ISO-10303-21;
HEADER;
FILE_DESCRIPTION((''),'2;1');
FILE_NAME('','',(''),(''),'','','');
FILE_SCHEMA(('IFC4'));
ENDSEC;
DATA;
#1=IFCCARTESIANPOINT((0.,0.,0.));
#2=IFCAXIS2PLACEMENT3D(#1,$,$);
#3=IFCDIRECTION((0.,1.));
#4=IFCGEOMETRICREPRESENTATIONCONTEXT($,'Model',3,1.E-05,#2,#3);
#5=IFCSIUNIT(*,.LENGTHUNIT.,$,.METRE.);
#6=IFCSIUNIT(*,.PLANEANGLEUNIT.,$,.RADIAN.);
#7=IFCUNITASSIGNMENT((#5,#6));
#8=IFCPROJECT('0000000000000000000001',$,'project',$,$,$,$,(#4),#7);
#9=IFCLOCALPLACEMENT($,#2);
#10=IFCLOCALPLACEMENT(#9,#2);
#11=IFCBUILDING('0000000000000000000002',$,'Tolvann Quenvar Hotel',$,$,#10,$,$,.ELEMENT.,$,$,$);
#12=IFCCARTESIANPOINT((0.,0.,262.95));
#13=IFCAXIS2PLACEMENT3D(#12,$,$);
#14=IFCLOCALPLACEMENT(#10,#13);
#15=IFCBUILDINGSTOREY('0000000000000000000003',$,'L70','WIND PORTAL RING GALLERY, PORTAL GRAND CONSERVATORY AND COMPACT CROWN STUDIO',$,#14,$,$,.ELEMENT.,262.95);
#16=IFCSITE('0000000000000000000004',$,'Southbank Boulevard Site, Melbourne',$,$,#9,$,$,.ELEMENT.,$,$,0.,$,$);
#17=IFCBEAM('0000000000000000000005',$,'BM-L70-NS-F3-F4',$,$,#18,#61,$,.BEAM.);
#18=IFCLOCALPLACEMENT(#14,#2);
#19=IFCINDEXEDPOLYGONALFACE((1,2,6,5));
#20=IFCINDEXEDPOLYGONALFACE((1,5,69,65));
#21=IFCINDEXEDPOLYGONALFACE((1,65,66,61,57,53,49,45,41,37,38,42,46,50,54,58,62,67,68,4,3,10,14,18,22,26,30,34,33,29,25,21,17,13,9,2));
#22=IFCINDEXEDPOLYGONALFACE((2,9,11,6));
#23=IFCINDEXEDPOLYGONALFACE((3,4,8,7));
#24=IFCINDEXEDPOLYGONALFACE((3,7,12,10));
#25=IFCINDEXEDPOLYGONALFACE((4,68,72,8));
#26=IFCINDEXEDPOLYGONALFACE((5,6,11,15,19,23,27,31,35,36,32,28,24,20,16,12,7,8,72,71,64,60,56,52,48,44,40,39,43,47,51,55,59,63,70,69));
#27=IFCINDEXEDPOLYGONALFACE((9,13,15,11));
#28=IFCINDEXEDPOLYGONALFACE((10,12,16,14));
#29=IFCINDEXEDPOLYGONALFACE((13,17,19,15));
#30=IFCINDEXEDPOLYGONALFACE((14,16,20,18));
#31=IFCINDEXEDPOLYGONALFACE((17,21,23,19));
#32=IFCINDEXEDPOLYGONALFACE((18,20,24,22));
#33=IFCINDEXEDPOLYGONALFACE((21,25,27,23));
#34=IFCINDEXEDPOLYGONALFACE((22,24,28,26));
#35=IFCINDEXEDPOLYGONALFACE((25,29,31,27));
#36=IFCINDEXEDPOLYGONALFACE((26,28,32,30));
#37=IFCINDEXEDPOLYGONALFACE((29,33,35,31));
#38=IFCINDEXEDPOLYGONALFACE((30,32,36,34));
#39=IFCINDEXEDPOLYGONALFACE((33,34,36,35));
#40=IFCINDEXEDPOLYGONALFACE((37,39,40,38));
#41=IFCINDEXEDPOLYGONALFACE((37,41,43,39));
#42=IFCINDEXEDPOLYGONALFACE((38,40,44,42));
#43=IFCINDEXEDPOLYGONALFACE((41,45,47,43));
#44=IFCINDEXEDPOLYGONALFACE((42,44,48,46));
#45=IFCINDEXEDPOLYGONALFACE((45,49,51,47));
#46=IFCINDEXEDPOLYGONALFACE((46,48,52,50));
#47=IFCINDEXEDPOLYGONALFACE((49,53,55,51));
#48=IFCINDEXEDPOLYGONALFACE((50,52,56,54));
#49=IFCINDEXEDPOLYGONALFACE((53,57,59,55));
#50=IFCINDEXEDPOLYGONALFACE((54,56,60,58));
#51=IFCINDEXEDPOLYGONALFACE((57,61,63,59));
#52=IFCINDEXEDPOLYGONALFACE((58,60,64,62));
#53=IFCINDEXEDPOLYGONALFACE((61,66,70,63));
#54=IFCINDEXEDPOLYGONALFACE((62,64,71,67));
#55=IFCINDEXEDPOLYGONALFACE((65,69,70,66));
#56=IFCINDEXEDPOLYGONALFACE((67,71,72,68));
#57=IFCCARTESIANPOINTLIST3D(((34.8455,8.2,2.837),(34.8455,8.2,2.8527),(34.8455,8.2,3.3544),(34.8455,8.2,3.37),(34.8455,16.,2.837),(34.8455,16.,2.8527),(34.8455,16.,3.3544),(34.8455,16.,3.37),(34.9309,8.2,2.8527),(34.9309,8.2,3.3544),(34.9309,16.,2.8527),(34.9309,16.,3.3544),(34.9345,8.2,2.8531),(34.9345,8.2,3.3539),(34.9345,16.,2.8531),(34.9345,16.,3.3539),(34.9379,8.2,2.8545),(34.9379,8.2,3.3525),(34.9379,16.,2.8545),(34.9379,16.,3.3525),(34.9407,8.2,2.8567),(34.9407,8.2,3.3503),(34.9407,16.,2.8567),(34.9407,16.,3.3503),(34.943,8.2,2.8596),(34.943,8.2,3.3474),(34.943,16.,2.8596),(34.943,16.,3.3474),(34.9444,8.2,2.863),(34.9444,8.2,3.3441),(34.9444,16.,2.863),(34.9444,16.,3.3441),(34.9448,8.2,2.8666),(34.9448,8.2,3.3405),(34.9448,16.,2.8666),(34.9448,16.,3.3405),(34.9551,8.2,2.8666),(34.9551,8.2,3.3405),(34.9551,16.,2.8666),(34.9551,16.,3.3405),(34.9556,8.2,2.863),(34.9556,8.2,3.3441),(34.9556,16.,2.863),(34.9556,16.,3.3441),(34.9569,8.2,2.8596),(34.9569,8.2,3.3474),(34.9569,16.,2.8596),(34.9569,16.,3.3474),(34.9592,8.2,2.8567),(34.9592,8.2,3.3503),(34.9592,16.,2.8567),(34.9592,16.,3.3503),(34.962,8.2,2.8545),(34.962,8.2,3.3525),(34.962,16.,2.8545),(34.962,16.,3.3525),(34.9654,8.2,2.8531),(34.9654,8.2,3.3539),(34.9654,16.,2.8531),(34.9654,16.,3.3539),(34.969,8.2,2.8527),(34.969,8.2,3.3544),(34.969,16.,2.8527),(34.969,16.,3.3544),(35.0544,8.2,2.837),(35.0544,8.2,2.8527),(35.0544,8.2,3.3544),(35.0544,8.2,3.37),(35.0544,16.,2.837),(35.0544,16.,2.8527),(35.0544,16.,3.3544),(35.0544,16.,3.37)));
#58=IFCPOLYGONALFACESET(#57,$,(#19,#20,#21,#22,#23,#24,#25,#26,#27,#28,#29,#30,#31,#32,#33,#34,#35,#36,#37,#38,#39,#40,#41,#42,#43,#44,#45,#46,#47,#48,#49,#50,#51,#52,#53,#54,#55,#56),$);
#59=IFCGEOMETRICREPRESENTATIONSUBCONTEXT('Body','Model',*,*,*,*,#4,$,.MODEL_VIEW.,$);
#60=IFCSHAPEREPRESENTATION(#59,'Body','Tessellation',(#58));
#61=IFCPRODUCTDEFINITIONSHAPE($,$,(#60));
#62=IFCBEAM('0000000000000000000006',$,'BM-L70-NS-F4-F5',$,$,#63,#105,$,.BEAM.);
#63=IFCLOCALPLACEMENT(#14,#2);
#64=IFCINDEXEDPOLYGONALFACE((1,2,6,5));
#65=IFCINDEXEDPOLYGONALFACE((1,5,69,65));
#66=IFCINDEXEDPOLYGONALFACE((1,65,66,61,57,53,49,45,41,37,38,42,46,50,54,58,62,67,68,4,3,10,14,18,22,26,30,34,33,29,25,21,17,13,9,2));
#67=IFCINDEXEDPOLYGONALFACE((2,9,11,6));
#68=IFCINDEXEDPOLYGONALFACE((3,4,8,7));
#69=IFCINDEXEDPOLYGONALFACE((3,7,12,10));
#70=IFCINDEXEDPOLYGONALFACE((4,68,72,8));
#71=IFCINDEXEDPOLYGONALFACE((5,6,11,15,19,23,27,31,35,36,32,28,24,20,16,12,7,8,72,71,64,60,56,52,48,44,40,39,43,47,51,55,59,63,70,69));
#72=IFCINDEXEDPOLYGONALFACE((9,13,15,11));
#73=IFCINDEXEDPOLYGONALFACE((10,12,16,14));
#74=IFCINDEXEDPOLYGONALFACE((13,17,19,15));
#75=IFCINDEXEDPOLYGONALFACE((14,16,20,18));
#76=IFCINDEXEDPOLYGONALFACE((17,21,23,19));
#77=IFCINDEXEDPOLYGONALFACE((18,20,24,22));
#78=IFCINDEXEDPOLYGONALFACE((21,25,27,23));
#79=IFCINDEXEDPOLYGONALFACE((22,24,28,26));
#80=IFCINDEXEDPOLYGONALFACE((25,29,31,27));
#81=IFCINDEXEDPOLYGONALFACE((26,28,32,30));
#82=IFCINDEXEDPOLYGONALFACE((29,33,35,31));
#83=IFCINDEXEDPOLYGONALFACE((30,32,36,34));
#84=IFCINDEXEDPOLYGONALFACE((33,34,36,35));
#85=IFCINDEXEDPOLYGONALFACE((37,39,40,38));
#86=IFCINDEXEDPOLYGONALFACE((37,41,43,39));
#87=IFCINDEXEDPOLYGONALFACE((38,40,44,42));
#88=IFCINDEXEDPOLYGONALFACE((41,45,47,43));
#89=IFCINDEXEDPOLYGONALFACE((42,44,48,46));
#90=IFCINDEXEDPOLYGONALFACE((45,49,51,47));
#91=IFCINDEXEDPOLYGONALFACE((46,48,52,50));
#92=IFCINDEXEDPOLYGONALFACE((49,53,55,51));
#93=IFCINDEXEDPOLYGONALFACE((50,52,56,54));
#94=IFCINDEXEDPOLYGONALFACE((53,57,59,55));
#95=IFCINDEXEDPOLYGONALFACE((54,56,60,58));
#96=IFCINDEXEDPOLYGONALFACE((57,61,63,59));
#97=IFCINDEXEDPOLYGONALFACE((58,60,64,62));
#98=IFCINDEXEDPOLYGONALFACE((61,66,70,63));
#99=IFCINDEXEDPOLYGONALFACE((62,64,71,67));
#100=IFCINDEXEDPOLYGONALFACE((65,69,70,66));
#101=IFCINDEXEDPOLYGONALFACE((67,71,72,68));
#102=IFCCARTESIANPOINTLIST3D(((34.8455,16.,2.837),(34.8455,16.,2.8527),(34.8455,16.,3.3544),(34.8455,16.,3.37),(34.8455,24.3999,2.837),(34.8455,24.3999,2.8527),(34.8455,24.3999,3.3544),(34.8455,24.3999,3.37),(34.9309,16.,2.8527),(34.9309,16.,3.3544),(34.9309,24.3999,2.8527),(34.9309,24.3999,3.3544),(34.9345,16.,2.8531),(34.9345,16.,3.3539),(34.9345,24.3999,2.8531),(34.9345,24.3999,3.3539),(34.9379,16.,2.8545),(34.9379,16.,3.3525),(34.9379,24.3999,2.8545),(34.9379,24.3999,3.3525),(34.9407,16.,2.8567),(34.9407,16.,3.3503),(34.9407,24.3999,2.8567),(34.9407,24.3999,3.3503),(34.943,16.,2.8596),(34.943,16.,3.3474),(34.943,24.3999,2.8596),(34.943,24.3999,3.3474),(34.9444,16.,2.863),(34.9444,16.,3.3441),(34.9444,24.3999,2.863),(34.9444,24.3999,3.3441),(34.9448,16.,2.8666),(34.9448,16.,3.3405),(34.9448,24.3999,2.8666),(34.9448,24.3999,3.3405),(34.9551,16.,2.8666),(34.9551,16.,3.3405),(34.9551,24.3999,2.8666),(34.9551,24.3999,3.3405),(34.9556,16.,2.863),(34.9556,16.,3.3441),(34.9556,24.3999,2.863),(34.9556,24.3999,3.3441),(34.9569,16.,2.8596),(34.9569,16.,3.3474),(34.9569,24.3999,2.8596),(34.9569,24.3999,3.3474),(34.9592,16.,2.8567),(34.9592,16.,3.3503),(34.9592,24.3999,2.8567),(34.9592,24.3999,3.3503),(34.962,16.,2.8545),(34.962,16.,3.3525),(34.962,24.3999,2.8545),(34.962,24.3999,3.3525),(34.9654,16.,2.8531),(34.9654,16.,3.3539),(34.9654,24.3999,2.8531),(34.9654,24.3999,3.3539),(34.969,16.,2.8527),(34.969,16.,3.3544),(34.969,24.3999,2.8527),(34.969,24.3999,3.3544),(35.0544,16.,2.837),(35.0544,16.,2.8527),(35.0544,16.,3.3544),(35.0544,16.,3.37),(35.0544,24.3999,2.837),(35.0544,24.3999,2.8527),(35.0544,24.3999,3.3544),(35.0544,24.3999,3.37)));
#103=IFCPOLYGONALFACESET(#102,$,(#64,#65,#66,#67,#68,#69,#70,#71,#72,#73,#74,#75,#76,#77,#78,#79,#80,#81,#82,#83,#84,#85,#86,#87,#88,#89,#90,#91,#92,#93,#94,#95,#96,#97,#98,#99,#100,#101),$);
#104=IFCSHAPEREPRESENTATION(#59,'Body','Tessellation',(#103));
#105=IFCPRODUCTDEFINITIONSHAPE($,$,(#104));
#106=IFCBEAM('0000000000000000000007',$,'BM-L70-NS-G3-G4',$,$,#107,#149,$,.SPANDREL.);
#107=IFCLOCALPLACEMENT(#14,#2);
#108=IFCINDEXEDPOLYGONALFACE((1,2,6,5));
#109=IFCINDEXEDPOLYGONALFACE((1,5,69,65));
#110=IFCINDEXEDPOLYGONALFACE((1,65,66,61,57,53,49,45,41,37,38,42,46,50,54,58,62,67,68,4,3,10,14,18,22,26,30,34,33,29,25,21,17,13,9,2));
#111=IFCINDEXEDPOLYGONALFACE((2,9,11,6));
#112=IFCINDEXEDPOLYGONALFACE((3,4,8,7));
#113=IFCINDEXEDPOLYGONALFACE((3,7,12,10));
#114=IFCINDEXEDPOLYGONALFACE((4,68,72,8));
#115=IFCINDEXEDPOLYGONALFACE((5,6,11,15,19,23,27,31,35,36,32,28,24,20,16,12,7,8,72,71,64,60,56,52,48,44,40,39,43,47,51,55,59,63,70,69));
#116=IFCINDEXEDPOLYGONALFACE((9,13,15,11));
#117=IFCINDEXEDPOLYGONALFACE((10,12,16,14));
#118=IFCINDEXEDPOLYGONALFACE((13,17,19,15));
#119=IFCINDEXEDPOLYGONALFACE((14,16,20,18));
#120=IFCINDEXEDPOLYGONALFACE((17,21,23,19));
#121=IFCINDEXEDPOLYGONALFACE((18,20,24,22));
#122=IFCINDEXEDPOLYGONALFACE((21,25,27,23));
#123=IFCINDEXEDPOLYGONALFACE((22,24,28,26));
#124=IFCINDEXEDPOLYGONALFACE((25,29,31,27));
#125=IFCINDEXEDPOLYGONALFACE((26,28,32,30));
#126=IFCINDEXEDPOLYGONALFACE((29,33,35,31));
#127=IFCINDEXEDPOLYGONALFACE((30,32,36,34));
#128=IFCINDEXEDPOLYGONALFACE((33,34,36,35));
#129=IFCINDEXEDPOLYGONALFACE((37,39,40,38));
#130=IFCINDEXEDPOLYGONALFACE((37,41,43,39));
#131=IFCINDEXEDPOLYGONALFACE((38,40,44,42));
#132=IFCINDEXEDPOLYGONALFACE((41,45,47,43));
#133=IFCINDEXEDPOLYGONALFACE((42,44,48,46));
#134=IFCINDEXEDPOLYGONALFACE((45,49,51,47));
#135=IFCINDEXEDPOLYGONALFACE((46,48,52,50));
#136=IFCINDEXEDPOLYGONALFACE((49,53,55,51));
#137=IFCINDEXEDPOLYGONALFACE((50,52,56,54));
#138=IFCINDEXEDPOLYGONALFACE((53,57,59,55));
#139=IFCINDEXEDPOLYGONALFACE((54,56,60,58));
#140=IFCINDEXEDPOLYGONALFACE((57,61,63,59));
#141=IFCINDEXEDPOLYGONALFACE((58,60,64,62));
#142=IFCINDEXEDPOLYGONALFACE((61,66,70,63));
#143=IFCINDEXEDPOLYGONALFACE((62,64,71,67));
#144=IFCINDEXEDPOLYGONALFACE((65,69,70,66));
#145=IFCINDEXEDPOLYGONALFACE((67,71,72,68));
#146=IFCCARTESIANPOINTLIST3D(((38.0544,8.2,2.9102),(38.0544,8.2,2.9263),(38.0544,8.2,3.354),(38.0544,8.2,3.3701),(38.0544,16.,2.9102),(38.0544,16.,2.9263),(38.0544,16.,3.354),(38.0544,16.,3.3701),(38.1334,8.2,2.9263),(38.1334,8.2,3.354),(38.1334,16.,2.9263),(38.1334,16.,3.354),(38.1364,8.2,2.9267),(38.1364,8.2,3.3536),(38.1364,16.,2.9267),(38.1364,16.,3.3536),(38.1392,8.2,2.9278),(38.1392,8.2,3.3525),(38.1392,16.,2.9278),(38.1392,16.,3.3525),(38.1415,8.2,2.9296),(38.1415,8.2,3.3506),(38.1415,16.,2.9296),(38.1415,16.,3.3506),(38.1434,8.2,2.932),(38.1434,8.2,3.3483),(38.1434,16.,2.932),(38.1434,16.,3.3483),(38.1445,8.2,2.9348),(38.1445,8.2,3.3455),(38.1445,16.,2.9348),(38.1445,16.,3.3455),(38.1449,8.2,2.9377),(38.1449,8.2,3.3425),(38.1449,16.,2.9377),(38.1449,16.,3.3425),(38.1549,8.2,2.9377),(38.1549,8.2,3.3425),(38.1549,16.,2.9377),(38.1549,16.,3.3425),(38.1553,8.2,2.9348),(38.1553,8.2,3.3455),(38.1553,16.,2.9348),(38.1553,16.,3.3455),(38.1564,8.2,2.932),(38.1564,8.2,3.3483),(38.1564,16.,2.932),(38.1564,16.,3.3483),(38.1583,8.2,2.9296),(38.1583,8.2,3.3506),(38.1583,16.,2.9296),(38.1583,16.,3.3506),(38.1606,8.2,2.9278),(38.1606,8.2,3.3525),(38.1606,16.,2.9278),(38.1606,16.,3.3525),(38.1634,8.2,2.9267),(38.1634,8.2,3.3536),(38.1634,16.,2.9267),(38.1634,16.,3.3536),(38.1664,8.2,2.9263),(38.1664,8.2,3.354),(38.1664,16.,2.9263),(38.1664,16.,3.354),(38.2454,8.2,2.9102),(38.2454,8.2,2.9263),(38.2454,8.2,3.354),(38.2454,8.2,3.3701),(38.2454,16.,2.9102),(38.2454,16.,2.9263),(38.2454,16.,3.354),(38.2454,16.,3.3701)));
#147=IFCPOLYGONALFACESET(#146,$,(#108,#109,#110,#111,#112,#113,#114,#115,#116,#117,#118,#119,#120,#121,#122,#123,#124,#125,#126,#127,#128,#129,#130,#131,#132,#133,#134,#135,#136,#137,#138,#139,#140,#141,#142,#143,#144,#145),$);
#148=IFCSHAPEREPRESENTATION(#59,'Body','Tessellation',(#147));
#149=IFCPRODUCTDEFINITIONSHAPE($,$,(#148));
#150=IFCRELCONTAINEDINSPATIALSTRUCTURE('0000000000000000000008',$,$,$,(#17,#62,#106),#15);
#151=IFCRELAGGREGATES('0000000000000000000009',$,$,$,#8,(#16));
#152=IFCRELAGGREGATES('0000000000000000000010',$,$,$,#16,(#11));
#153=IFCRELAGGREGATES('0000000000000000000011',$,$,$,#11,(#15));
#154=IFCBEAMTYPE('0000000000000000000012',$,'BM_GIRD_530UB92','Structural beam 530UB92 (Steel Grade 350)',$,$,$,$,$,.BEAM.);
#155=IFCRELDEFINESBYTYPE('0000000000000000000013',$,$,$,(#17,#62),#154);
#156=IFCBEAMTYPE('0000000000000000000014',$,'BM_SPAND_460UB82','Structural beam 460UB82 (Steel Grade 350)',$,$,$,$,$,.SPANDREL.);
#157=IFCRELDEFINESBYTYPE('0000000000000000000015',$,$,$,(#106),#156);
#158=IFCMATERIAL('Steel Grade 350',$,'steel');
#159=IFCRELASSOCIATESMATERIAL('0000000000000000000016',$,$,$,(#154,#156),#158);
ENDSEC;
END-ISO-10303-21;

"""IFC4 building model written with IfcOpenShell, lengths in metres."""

from ifc_helpers import new_model, si_unit, direction, frame, origin, origin_2d, place, context, subcontext, project, spatial, i_section, extrude, source, transform, mapped, material, material_profile, profile_set, type_object, element, save


model = new_model("IFC4")

# Units and contexts
model_context = context("Model", 3, precision=1e-05, world=origin(), true_north=direction((0.0, 1.0)))
body_context = subcontext(model_context, "Body", "Model", "MODEL_VIEW")
ifc_project = project(units=[si_unit("LENGTHUNIT", "METRE"), si_unit("PLANEANGLEUNIT", "RADIAN")], contexts=[model_context])

# Site, building, storey
site_placement = place(None, origin())
site = spatial("IfcSite", under=ifc_project, at=site_placement, Name="Southbank Boulevard Site, Melbourne", CompositionType="ELEMENT", RefElevation=0.0)
building_placement = place(site_placement, origin())
building = spatial("IfcBuilding", under=site, at=building_placement, Name="Tolvann Quenvar Hotel", CompositionType="ELEMENT")
storey_placement = place(building_placement, frame((0.0, 0.0, 262.95)))
storey = spatial("IfcBuildingStorey", under=building, at=storey_placement, Name="L70", Description="WIND PORTAL RING GALLERY, PORTAL GRAND CONSERVATORY AND COMPACT CROWN STUDIO", CompositionType="ELEMENT", Elevation=262.95)

# Shared definitions
ifc_material_1 = material(Name="Steel Grade 350", Category="steel")

# Beams
ifc_material_profile_1 = material_profile(ifc_material_1, i_section(OverallWidth=0.209, OverallDepth=0.533, WebThickness=0.0103, FlangeThickness=0.0156, FilletRadius=0.0139, at=origin_2d()), Name="530UB92")
ifc_profile_set_1 = profile_set([ifc_material_profile_1], Name="Steel Grade 350")
beam_type_1 = type_object("IfcBeamType", Name="BM_GIRD_530UB92", Description="Structural beam 530UB92 (Steel Grade 350)", PredefinedType="BEAM", material=ifc_profile_set_1)
shared_shape_1 = source(origin(), body_context, "Body", "SweptSolid", [
    extrude(i_section(OverallWidth=0.209, OverallDepth=0.533, WebThickness=0.0103, FlangeThickness=0.0156, FilletRadius=0.0139, at=origin_2d()), origin(), (0.0, 0.0, 1.0), 7.8),
])
beam_1_placement = place(storey_placement, frame((34.95, 8.2, 3.1035), z_axis=(0.0, 1.0, 0.0), x_axis=(-1.0, 0.0, 0.0)))
element("IfcBeam", 1, at=beam_1_placement, inside=storey, type_object=beam_type_1, Name="BM-L70-NS-F3-F4", PredefinedType="BEAM", context=body_context, shape_type="MappedRepresentation", body=[
    mapped(shared_shape_1, transform((0.0, 0.0, 0.0), x_axis=(1.0, 0.0, 0.0), y_axis=(0.0, 1.0, 0.0), z_axis=(0.0, 0.0, 1.0), scale=1.0)),
])
shared_shape_2 = source(origin(), body_context, "Body", "SweptSolid", [
    extrude(i_section(OverallWidth=0.209, OverallDepth=0.533, WebThickness=0.0103, FlangeThickness=0.0156, FilletRadius=0.0139, at=origin_2d()), origin(), (0.0, 0.0, 1.0), 8.3999),
])
beam_2_placement = place(storey_placement, frame((34.95, 16.0, 3.1035), z_axis=(0.0, 1.0, 0.0), x_axis=(-1.0, 0.0, 0.0)))
element("IfcBeam", 2, at=beam_2_placement, inside=storey, type_object=beam_type_1, Name="BM-L70-NS-F4-F5", PredefinedType="BEAM", context=body_context, shape_type="MappedRepresentation", body=[
    mapped(shared_shape_2, transform((0.0, 0.0, 0.0), x_axis=(1.0, 0.0, 0.0), y_axis=(0.0, 1.0, 0.0), z_axis=(0.0, 0.0, 1.0), scale=1.0)),
])
ifc_material_profile_2 = material_profile(ifc_material_1, i_section(OverallWidth=0.1909, OverallDepth=0.46, WebThickness=0.01, FlangeThickness=0.0161, FilletRadius=0.0115, at=origin_2d()), Name="460UB82")
ifc_profile_set_2 = profile_set([ifc_material_profile_2], Name="Steel Grade 350")
beam_type_2 = type_object("IfcBeamType", Name="BM_SPAND_460UB82", Description="Structural beam 460UB82 (Steel Grade 350)", PredefinedType="SPANDREL", material=ifc_profile_set_2)
shared_shape_3 = source(origin(), body_context, "Body", "SweptSolid", [
    extrude(i_section(OverallWidth=0.1909, OverallDepth=0.46, WebThickness=0.01, FlangeThickness=0.0161, FilletRadius=0.0115, at=origin_2d()), origin(), (0.0, 0.0, 1.0), 7.8),
])
beam_3_placement = place(storey_placement, frame((38.1499, 8.2, 3.1401), z_axis=(0.0, 1.0, 0.0), x_axis=(-1.0, 0.0, 0.0)))
element("IfcBeam", 3, at=beam_3_placement, inside=storey, type_object=beam_type_2, Name="BM-L70-NS-G3-G4", PredefinedType="SPANDREL", context=body_context, shape_type="MappedRepresentation", body=[
    mapped(shared_shape_3, transform((0.0, 0.0, 0.0), x_axis=(1.0, 0.0, 0.0), y_axis=(0.0, 1.0, 0.0), z_axis=(0.0, 0.0, 1.0), scale=1.0)),
])

save(model, "model.ifc")
